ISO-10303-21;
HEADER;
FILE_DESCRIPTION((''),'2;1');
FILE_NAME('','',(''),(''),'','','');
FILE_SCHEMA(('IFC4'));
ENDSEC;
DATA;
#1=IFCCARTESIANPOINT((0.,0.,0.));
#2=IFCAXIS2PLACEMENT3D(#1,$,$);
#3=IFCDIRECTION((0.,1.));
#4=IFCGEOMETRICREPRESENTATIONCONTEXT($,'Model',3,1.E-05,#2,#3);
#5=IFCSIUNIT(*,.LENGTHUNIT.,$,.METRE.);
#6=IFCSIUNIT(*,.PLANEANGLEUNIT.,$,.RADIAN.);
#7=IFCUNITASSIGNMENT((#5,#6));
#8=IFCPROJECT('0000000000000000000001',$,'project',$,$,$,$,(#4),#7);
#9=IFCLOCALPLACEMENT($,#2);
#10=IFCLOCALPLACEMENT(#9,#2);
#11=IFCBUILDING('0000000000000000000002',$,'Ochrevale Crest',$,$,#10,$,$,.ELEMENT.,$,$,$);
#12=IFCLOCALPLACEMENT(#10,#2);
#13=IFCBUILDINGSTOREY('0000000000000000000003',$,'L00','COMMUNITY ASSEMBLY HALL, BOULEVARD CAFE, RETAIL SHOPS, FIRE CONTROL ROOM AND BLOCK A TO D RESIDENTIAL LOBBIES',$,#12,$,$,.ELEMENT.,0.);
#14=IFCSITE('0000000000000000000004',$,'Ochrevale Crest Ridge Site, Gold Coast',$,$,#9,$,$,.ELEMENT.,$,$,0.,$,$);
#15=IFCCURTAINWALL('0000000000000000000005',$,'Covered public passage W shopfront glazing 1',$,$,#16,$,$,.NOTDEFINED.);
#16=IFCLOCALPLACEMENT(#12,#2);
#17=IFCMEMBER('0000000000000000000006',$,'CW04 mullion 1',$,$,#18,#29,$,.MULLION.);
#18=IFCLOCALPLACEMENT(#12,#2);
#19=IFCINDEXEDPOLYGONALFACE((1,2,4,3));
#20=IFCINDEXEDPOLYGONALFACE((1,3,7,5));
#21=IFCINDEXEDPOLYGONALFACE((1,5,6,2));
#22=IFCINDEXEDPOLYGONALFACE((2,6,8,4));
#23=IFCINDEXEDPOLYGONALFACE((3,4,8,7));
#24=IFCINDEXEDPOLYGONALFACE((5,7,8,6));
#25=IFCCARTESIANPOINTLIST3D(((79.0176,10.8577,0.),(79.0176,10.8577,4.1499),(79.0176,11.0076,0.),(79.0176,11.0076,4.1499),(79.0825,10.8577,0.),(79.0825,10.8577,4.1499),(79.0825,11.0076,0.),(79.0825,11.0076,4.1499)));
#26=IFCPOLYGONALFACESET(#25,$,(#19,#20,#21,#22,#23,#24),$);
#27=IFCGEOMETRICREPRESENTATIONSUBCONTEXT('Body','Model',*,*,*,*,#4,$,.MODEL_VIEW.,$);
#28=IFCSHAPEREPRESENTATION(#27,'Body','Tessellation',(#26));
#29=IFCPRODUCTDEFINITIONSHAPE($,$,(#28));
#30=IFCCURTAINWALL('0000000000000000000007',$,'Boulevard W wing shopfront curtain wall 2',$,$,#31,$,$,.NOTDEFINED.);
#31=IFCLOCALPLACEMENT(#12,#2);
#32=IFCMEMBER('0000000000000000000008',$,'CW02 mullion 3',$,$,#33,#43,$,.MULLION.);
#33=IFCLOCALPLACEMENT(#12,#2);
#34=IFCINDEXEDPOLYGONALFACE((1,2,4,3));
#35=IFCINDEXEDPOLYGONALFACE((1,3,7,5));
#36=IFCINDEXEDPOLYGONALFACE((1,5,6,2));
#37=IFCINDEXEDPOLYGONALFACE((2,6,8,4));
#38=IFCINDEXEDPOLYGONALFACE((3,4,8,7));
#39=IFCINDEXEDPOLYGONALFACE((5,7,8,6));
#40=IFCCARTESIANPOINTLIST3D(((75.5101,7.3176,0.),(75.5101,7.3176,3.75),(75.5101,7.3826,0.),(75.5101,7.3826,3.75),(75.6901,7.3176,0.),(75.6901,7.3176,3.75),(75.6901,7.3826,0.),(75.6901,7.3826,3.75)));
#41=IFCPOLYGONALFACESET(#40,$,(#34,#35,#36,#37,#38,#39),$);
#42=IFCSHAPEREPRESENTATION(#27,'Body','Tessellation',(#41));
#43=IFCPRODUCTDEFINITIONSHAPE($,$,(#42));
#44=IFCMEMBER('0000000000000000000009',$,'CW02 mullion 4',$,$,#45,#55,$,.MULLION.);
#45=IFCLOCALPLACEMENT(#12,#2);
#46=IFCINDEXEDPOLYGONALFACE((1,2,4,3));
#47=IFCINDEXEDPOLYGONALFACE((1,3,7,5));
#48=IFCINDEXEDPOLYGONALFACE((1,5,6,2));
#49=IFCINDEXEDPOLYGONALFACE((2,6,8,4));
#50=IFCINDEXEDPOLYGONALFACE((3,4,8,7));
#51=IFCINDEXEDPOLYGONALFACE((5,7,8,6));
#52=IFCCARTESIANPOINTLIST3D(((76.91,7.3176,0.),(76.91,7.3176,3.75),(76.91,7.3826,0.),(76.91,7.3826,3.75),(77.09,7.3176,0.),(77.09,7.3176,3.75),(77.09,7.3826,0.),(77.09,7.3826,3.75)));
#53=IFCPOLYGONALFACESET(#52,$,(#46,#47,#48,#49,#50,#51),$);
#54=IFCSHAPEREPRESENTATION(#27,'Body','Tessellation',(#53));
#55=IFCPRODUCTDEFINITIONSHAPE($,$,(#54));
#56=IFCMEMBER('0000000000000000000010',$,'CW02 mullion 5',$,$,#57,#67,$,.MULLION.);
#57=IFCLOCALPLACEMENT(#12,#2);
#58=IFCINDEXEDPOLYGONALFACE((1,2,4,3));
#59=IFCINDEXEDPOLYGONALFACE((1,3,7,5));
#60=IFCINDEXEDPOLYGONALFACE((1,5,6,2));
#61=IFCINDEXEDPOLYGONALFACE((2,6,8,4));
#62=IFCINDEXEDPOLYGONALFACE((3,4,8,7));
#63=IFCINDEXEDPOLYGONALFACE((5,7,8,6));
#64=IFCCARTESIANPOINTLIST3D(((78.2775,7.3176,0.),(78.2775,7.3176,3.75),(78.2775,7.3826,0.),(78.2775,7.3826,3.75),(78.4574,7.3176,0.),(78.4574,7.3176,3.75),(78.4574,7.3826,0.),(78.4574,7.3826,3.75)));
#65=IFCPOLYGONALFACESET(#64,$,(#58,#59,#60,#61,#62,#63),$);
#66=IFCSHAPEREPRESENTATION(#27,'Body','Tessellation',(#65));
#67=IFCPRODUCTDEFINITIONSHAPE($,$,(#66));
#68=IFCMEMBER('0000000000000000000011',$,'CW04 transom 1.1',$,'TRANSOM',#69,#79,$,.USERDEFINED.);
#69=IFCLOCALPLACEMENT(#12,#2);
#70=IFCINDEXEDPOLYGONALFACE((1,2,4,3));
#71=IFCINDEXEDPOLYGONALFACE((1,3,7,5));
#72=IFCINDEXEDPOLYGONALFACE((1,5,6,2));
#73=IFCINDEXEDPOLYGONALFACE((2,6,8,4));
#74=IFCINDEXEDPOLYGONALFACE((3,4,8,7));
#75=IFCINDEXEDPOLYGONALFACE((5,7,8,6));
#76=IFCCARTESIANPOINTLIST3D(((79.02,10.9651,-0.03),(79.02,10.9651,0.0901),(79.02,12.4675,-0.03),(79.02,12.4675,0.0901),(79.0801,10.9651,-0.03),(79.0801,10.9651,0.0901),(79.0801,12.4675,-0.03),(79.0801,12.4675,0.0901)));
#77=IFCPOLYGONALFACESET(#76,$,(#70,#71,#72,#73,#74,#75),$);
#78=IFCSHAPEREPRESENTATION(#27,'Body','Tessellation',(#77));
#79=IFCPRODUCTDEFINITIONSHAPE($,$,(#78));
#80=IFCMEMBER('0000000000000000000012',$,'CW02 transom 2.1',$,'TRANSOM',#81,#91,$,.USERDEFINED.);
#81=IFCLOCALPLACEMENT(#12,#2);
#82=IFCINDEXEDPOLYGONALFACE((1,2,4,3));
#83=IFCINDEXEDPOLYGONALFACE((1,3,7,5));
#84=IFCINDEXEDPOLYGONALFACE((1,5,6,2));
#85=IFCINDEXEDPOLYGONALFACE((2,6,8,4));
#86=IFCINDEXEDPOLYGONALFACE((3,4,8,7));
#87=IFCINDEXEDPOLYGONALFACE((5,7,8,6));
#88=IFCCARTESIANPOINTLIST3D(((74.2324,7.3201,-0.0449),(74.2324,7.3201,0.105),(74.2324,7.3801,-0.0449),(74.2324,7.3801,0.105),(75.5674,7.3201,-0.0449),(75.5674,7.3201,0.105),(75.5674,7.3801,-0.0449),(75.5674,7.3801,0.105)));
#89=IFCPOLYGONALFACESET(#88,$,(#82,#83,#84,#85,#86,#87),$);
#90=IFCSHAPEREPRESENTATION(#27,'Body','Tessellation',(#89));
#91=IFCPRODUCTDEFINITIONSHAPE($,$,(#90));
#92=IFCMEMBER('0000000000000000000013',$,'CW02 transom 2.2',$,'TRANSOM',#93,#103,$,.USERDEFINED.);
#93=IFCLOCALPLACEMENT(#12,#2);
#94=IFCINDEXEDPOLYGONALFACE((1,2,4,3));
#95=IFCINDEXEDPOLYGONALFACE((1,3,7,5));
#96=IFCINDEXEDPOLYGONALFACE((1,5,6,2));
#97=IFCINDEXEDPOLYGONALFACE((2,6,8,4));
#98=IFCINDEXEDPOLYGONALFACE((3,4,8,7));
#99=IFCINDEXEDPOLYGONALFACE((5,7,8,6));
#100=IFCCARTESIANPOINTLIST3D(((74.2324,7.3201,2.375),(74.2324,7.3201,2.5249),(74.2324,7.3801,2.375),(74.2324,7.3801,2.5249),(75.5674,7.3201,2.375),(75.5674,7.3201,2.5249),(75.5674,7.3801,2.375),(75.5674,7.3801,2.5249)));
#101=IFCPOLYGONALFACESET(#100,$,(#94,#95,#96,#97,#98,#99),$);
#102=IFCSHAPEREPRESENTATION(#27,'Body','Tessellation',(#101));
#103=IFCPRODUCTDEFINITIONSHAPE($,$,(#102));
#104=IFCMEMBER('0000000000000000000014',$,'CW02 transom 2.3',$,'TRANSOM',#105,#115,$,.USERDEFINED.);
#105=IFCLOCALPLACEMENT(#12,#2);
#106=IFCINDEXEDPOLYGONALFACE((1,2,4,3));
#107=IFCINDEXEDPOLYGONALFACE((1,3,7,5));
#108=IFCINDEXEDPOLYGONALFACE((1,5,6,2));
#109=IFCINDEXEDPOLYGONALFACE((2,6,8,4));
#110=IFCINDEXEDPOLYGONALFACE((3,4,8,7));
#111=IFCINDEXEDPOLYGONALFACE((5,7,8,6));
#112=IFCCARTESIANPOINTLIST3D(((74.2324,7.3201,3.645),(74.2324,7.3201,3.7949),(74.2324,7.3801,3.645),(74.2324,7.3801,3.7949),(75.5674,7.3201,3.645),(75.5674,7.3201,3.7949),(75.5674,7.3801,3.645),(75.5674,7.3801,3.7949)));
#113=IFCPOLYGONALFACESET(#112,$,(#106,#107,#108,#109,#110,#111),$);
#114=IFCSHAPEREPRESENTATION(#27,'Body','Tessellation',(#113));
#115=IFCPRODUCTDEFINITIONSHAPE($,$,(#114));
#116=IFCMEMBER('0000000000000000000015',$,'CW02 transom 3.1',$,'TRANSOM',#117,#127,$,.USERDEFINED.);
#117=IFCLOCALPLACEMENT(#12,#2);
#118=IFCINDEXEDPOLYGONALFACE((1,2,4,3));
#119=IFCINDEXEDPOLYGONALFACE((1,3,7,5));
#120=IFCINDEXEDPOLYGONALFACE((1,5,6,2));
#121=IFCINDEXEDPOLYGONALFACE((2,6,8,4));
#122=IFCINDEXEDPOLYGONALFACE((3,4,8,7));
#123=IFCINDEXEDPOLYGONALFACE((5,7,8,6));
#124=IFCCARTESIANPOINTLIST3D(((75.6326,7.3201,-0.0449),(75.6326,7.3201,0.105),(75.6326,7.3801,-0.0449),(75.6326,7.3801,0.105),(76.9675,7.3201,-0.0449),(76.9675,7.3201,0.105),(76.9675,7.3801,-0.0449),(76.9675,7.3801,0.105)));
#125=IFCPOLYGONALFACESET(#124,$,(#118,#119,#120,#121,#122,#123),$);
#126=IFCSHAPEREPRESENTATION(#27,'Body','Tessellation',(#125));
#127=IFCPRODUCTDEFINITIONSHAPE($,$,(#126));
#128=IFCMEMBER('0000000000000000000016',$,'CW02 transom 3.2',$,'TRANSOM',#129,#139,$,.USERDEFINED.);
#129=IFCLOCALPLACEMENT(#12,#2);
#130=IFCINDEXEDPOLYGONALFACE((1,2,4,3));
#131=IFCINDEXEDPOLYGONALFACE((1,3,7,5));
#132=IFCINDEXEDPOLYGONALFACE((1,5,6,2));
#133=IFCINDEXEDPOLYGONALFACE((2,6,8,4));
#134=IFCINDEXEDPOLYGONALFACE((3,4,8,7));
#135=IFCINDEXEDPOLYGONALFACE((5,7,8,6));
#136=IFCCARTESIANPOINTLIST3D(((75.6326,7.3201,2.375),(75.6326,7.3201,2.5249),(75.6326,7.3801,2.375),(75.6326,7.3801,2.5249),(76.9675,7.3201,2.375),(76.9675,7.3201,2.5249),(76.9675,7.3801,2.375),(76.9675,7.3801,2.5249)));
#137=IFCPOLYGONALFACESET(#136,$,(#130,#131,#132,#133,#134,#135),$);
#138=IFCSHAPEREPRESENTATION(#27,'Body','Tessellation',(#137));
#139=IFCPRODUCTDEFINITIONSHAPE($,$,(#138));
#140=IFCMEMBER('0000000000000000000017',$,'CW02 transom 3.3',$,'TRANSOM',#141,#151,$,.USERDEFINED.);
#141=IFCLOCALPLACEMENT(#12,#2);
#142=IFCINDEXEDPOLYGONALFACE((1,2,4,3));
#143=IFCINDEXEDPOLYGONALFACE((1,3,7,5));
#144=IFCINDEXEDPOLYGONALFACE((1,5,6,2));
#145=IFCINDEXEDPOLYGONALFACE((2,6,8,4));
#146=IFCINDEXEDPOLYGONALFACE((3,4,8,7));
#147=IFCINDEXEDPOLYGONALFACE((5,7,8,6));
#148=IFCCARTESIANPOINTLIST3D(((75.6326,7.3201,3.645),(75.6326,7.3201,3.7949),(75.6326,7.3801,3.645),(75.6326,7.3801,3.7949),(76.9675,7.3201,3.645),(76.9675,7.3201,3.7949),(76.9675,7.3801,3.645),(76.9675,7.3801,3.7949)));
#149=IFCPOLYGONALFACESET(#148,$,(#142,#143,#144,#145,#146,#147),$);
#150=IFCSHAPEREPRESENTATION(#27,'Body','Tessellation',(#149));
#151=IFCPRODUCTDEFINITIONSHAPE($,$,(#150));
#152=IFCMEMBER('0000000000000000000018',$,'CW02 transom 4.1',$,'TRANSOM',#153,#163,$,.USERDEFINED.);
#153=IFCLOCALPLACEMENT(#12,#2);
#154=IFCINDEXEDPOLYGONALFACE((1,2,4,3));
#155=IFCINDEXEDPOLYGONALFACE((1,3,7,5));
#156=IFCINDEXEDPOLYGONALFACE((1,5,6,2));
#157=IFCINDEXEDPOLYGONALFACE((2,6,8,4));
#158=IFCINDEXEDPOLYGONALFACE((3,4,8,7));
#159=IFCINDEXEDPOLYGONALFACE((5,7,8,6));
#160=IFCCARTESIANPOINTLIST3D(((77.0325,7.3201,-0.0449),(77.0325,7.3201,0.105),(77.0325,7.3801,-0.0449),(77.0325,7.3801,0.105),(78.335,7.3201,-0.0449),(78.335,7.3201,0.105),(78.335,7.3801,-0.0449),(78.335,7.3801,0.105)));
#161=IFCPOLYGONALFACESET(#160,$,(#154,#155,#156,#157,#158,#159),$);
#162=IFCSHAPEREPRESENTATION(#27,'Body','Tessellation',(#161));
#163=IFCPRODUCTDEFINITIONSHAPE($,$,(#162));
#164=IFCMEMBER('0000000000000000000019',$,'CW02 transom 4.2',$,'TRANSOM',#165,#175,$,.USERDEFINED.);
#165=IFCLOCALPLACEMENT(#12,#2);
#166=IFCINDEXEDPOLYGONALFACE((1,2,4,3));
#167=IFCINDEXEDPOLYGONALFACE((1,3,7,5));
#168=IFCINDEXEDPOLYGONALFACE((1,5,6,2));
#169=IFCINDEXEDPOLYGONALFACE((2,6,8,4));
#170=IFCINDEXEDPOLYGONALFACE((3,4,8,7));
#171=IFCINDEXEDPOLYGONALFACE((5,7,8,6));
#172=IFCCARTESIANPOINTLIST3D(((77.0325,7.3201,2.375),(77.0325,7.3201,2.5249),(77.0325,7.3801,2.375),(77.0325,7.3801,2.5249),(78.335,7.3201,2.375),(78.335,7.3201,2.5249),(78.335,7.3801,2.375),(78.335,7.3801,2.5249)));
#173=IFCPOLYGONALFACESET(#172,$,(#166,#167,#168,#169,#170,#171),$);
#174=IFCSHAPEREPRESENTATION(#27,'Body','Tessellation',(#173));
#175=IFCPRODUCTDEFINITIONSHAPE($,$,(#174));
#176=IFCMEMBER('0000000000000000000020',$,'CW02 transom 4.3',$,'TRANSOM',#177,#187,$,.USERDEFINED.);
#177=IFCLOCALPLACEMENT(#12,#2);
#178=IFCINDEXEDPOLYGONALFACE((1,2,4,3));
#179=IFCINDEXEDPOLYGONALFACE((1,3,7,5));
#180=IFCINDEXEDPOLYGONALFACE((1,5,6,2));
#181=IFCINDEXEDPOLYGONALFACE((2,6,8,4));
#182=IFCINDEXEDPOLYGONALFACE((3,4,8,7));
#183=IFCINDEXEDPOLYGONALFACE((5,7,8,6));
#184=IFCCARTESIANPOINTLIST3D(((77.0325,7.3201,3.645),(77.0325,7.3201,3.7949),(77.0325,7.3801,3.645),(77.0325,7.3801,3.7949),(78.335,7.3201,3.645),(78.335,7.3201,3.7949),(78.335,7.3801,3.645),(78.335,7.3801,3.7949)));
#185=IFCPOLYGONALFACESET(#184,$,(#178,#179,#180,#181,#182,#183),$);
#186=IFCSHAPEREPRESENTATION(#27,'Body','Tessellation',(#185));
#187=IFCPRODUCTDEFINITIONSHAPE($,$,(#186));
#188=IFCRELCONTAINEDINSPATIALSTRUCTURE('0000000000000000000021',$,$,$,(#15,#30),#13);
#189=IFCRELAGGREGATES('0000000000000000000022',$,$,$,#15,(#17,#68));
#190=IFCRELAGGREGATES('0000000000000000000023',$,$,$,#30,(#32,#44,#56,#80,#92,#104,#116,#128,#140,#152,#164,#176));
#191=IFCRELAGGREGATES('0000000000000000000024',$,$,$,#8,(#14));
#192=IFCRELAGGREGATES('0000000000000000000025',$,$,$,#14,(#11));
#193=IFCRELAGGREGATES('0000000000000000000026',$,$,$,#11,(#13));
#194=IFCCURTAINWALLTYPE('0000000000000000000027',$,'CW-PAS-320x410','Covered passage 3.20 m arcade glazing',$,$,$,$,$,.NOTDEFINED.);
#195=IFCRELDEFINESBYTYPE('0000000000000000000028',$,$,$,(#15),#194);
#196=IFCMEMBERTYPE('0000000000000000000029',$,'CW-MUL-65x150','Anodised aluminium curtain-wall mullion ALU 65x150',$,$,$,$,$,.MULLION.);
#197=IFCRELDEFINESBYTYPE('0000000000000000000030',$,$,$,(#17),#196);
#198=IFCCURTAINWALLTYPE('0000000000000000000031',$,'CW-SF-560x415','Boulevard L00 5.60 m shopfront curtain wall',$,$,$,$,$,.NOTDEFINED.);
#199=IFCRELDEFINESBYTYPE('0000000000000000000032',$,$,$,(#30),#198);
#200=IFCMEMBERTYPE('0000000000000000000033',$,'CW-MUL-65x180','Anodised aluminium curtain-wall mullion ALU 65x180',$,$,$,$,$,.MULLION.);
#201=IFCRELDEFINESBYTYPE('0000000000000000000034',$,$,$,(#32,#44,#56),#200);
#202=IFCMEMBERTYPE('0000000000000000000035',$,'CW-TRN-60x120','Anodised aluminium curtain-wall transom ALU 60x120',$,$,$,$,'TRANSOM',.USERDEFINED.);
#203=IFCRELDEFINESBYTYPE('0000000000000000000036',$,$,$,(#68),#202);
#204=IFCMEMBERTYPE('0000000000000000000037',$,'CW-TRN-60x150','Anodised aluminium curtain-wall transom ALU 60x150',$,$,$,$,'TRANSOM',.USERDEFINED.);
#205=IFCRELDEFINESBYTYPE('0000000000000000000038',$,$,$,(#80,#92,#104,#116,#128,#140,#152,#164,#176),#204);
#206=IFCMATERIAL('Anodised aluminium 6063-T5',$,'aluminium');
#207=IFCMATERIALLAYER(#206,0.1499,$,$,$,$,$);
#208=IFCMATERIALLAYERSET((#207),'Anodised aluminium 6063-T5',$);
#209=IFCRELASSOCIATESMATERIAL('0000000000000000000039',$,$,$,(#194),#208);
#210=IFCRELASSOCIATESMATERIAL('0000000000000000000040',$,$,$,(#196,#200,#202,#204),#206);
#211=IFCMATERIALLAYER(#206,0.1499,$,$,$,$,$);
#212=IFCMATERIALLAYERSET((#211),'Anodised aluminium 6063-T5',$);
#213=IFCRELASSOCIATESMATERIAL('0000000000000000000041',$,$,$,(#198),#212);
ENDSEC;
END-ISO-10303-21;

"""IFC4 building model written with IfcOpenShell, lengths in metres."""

from ifc_helpers import new_model, si_unit, direction, frame, origin, origin_2d, place, context, subcontext, project, spatial, rectangle, extrude, material, layer, layer_set, material_profile, profile_set, type_object, element, aggregate, save


model = new_model("IFC4")

# Units and contexts
model_context = context("Model", 3, precision=1e-05, world=origin(), true_north=direction((0.0, 1.0)))
body_context = subcontext(model_context, "Body", "Model", "MODEL_VIEW")
ifc_project = project(units=[si_unit("LENGTHUNIT", "METRE"), si_unit("PLANEANGLEUNIT", "RADIAN")], contexts=[model_context])

# Site, building, storey
site_placement = place(None, origin())
site = spatial("IfcSite", under=ifc_project, at=site_placement, Name="Ochrevale Crest Ridge Site, Gold Coast", CompositionType="ELEMENT", RefElevation=0.0)
building_placement = place(site_placement, origin())
building = spatial("IfcBuilding", under=site, at=building_placement, Name="Ochrevale Crest", CompositionType="ELEMENT")
storey_placement = place(building_placement, origin())
storey = spatial("IfcBuildingStorey", under=building, at=storey_placement, Name="L00", Description="COMMUNITY ASSEMBLY HALL, BOULEVARD CAFE, RETAIL SHOPS, FIRE CONTROL ROOM AND BLOCK A TO D RESIDENTIAL LOBBIES", CompositionType="ELEMENT", Elevation=0.0)

# Curtain wall, member
ifc_material_1 = material(Name="Anodised aluminium 6063-T5", Category="aluminium")
ifc_layer_1 = layer(ifc_material_1, 0.1499)
ifc_layer_set_1 = layer_set([ifc_layer_1], Name="Anodised aluminium 6063-T5")
curtain_wall_type_1 = type_object("IfcCurtainWallType", Name="CW-PAS-320x410", Description="Covered passage 3.20 m arcade glazing", PredefinedType="NOTDEFINED", material=ifc_layer_set_1)
curtain_wall_1_placement = place(storey_placement, origin())
curtain_wall_1 = element("IfcCurtainWall", 1, at=curtain_wall_1_placement, inside=storey, type_object=curtain_wall_type_1, Name="Covered public passage W shopfront glazing 1", PredefinedType="NOTDEFINED")
ifc_material_profile_1 = material_profile(ifc_material_1, rectangle(XDim=0.0649, YDim=0.1499, at=origin_2d()), Name="ALU 65x150")
ifc_profile_set_1 = profile_set([ifc_material_profile_1], Name="Anodised aluminium 6063-T5")
member_type_1 = type_object("IfcMemberType", Name="CW-MUL-65x150", Description="Anodised aluminium curtain-wall mullion ALU 65x150", PredefinedType="MULLION", material=ifc_profile_set_1)
member_1_placement = place(storey_placement, frame((79.05, 10.9326, 0.0), z_axis=(0.0, 0.0, 1.0), x_axis=(-1.0, 0.0, 0.0)))
member_1 = element("IfcMember", 2, at=member_1_placement, type_object=member_type_1, Name="CW04 mullion 1", PredefinedType="MULLION", context=body_context, shape_type="SweptSolid", body=[
    extrude(rectangle(XDim=0.0649, YDim=0.1499, at=origin_2d()), origin(), (0.0, 0.0, 1.0), 4.1499),
])

# Curtain wall, members
ifc_layer_2 = layer(ifc_material_1, 0.1499)
ifc_layer_set_2 = layer_set([ifc_layer_2], Name="Anodised aluminium 6063-T5")
curtain_wall_type_2 = type_object("IfcCurtainWallType", Name="CW-SF-560x415", Description="Boulevard L00 5.60 m shopfront curtain wall", PredefinedType="NOTDEFINED", material=ifc_layer_set_2)
curtain_wall_2_placement = place(storey_placement, origin())
curtain_wall_2 = element("IfcCurtainWall", 3, at=curtain_wall_2_placement, inside=storey, type_object=curtain_wall_type_2, Name="Boulevard W wing shopfront curtain wall 2", PredefinedType="NOTDEFINED")
ifc_material_profile_2 = material_profile(ifc_material_1, rectangle(XDim=0.0649, YDim=0.1799, at=origin_2d()), Name="ALU 65x180")
ifc_profile_set_2 = profile_set([ifc_material_profile_2], Name="Anodised aluminium 6063-T5")
member_type_2 = type_object("IfcMemberType", Name="CW-MUL-65x180", Description="Anodised aluminium curtain-wall mullion ALU 65x180", PredefinedType="MULLION", material=ifc_profile_set_2)
member_2_placement = place(storey_placement, frame((75.6001, 7.3501, 0.0), z_axis=(0.0, 0.0, 1.0), x_axis=(0.0, 1.0, 0.0)))
member_2 = element("IfcMember", 4, at=member_2_placement, type_object=member_type_2, Name="CW02 mullion 3", PredefinedType="MULLION", context=body_context, shape_type="SweptSolid", body=[
    extrude(rectangle(XDim=0.0649, YDim=0.1799, at=origin_2d()), origin(), (0.0, 0.0, 1.0), 3.75),
])
member_3_placement = place(storey_placement, frame((77.0, 7.3501, 0.0), z_axis=(0.0, 0.0, 1.0), x_axis=(0.0, 1.0, 0.0)))
member_3 = element("IfcMember", 5, at=member_3_placement, type_object=member_type_2, Name="CW02 mullion 4", PredefinedType="MULLION", context=body_context, shape_type="SweptSolid", body=[
    extrude(rectangle(XDim=0.0649, YDim=0.1799, at=origin_2d()), origin(), (0.0, 0.0, 1.0), 3.75),
])
member_4_placement = place(storey_placement, frame((78.3674, 7.3501, 0.0), z_axis=(0.0, 0.0, 1.0), x_axis=(0.0, 1.0, 0.0)))
member_4 = element("IfcMember", 6, at=member_4_placement, type_object=member_type_2, Name="CW02 mullion 5", PredefinedType="MULLION", context=body_context, shape_type="SweptSolid", body=[
    extrude(rectangle(XDim=0.0649, YDim=0.1799, at=origin_2d()), origin(), (0.0, 0.0, 1.0), 3.75),
])

# Members
ifc_material_profile_3 = material_profile(ifc_material_1, rectangle(XDim=0.0601, YDim=0.1201, at=origin_2d()), Name="ALU 60x120")
ifc_profile_set_3 = profile_set([ifc_material_profile_3], Name="Anodised aluminium 6063-T5")
member_type_3 = type_object("IfcMemberType", Name="CW-TRN-60x120", Description="Anodised aluminium curtain-wall transom ALU 60x120", ElementType="TRANSOM", PredefinedType="USERDEFINED", material=ifc_profile_set_3)
member_5_placement = place(storey_placement, frame((79.05, 10.9651, 0.03), z_axis=(0.0, 1.0, 0.0), x_axis=(-1.0, 0.0, 0.0)))
member_5 = element("IfcMember", 7, at=member_5_placement, type_object=member_type_3, Name="CW04 transom 1.1", ObjectType="TRANSOM", PredefinedType="USERDEFINED", context=body_context, shape_type="SweptSolid", body=[
    extrude(rectangle(XDim=0.0601, YDim=0.1201, at=origin_2d()), origin(), (0.0, 0.0, 1.0), 1.5024),
])
aggregate(curtain_wall_1, [member_1, member_5])
ifc_material_profile_4 = material_profile(ifc_material_1, rectangle(XDim=0.0601, YDim=0.1499, at=origin_2d()), Name="ALU 60x150")
ifc_profile_set_4 = profile_set([ifc_material_profile_4], Name="Anodised aluminium 6063-T5")
member_type_4 = type_object("IfcMemberType", Name="CW-TRN-60x150", Description="Anodised aluminium curtain-wall transom ALU 60x150", ElementType="TRANSOM", PredefinedType="USERDEFINED", material=ifc_profile_set_4)
member_6_placement = place(storey_placement, frame((74.2324, 7.3501, 0.03), z_axis=(1.0, 0.0, 0.0), x_axis=(0.0, 1.0, 0.0)))
member_6 = element("IfcMember", 8, at=member_6_placement, type_object=member_type_4, Name="CW02 transom 2.1", ObjectType="TRANSOM", PredefinedType="USERDEFINED", context=body_context, shape_type="SweptSolid", body=[
    extrude(rectangle(XDim=0.0601, YDim=0.1499, at=origin_2d()), origin(), (0.0, 0.0, 1.0), 1.335),
])
member_7_placement = place(storey_placement, frame((74.2324, 7.3501, 2.45), z_axis=(1.0, 0.0, 0.0), x_axis=(0.0, 1.0, 0.0)))
member_7 = element("IfcMember", 9, at=member_7_placement, type_object=member_type_4, Name="CW02 transom 2.2", ObjectType="TRANSOM", PredefinedType="USERDEFINED", context=body_context, shape_type="SweptSolid", body=[
    extrude(rectangle(XDim=0.0601, YDim=0.1499, at=origin_2d()), origin(), (0.0, 0.0, 1.0), 1.335),
])
member_8_placement = place(storey_placement, frame((74.2324, 7.3501, 3.72), z_axis=(1.0, 0.0, 0.0), x_axis=(0.0, 1.0, 0.0)))
member_8 = element("IfcMember", 10, at=member_8_placement, type_object=member_type_4, Name="CW02 transom 2.3", ObjectType="TRANSOM", PredefinedType="USERDEFINED", context=body_context, shape_type="SweptSolid", body=[
    extrude(rectangle(XDim=0.0601, YDim=0.1499, at=origin_2d()), origin(), (0.0, 0.0, 1.0), 1.335),
])
member_9_placement = place(storey_placement, frame((75.6326, 7.3501, 0.03), z_axis=(1.0, 0.0, 0.0), x_axis=(0.0, 1.0, 0.0)))
member_9 = element("IfcMember", 11, at=member_9_placement, type_object=member_type_4, Name="CW02 transom 3.1", ObjectType="TRANSOM", PredefinedType="USERDEFINED", context=body_context, shape_type="SweptSolid", body=[
    extrude(rectangle(XDim=0.0601, YDim=0.1499, at=origin_2d()), origin(), (0.0, 0.0, 1.0), 1.335),
])
member_10_placement = place(storey_placement, frame((75.6326, 7.3501, 2.45), z_axis=(1.0, 0.0, 0.0), x_axis=(0.0, 1.0, 0.0)))
member_10 = element("IfcMember", 12, at=member_10_placement, type_object=member_type_4, Name="CW02 transom 3.2", ObjectType="TRANSOM", PredefinedType="USERDEFINED", context=body_context, shape_type="SweptSolid", body=[
    extrude(rectangle(XDim=0.0601, YDim=0.1499, at=origin_2d()), origin(), (0.0, 0.0, 1.0), 1.335),
])
member_11_placement = place(storey_placement, frame((75.6326, 7.3501, 3.72), z_axis=(1.0, 0.0, 0.0), x_axis=(0.0, 1.0, 0.0)))
member_11 = element("IfcMember", 13, at=member_11_placement, type_object=member_type_4, Name="CW02 transom 3.3", ObjectType="TRANSOM", PredefinedType="USERDEFINED", context=body_context, shape_type="SweptSolid", body=[
    extrude(rectangle(XDim=0.0601, YDim=0.1499, at=origin_2d()), origin(), (0.0, 0.0, 1.0), 1.335),
])
member_12_placement = place(storey_placement, frame((77.0325, 7.3501, 0.03), z_axis=(1.0, 0.0, 0.0), x_axis=(0.0, 1.0, 0.0)))
member_12 = element("IfcMember", 14, at=member_12_placement, type_object=member_type_4, Name="CW02 transom 4.1", ObjectType="TRANSOM", PredefinedType="USERDEFINED", context=body_context, shape_type="SweptSolid", body=[
    extrude(rectangle(XDim=0.0601, YDim=0.1499, at=origin_2d()), origin(), (0.0, 0.0, 1.0), 1.3025),
])
member_13_placement = place(storey_placement, frame((77.0325, 7.3501, 2.45), z_axis=(1.0, 0.0, 0.0), x_axis=(0.0, 1.0, 0.0)))
member_13 = element("IfcMember", 15, at=member_13_placement, type_object=member_type_4, Name="CW02 transom 4.2", ObjectType="TRANSOM", PredefinedType="USERDEFINED", context=body_context, shape_type="SweptSolid", body=[
    extrude(rectangle(XDim=0.0601, YDim=0.1499, at=origin_2d()), origin(), (0.0, 0.0, 1.0), 1.3025),
])
member_14_placement = place(storey_placement, frame((77.0325, 7.3501, 3.72), z_axis=(1.0, 0.0, 0.0), x_axis=(0.0, 1.0, 0.0)))
member_14 = element("IfcMember", 16, at=member_14_placement, type_object=member_type_4, Name="CW02 transom 4.3", ObjectType="TRANSOM", PredefinedType="USERDEFINED", context=body_context, shape_type="SweptSolid", body=[
    extrude(rectangle(XDim=0.0601, YDim=0.1499, at=origin_2d()), origin(), (0.0, 0.0, 1.0), 1.3025),
])

aggregate(curtain_wall_2, [member_2, member_3, member_4, member_6, member_7, member_8, member_9, member_10, member_11, member_12, member_13, member_14])

save(model, "model.ifc")
